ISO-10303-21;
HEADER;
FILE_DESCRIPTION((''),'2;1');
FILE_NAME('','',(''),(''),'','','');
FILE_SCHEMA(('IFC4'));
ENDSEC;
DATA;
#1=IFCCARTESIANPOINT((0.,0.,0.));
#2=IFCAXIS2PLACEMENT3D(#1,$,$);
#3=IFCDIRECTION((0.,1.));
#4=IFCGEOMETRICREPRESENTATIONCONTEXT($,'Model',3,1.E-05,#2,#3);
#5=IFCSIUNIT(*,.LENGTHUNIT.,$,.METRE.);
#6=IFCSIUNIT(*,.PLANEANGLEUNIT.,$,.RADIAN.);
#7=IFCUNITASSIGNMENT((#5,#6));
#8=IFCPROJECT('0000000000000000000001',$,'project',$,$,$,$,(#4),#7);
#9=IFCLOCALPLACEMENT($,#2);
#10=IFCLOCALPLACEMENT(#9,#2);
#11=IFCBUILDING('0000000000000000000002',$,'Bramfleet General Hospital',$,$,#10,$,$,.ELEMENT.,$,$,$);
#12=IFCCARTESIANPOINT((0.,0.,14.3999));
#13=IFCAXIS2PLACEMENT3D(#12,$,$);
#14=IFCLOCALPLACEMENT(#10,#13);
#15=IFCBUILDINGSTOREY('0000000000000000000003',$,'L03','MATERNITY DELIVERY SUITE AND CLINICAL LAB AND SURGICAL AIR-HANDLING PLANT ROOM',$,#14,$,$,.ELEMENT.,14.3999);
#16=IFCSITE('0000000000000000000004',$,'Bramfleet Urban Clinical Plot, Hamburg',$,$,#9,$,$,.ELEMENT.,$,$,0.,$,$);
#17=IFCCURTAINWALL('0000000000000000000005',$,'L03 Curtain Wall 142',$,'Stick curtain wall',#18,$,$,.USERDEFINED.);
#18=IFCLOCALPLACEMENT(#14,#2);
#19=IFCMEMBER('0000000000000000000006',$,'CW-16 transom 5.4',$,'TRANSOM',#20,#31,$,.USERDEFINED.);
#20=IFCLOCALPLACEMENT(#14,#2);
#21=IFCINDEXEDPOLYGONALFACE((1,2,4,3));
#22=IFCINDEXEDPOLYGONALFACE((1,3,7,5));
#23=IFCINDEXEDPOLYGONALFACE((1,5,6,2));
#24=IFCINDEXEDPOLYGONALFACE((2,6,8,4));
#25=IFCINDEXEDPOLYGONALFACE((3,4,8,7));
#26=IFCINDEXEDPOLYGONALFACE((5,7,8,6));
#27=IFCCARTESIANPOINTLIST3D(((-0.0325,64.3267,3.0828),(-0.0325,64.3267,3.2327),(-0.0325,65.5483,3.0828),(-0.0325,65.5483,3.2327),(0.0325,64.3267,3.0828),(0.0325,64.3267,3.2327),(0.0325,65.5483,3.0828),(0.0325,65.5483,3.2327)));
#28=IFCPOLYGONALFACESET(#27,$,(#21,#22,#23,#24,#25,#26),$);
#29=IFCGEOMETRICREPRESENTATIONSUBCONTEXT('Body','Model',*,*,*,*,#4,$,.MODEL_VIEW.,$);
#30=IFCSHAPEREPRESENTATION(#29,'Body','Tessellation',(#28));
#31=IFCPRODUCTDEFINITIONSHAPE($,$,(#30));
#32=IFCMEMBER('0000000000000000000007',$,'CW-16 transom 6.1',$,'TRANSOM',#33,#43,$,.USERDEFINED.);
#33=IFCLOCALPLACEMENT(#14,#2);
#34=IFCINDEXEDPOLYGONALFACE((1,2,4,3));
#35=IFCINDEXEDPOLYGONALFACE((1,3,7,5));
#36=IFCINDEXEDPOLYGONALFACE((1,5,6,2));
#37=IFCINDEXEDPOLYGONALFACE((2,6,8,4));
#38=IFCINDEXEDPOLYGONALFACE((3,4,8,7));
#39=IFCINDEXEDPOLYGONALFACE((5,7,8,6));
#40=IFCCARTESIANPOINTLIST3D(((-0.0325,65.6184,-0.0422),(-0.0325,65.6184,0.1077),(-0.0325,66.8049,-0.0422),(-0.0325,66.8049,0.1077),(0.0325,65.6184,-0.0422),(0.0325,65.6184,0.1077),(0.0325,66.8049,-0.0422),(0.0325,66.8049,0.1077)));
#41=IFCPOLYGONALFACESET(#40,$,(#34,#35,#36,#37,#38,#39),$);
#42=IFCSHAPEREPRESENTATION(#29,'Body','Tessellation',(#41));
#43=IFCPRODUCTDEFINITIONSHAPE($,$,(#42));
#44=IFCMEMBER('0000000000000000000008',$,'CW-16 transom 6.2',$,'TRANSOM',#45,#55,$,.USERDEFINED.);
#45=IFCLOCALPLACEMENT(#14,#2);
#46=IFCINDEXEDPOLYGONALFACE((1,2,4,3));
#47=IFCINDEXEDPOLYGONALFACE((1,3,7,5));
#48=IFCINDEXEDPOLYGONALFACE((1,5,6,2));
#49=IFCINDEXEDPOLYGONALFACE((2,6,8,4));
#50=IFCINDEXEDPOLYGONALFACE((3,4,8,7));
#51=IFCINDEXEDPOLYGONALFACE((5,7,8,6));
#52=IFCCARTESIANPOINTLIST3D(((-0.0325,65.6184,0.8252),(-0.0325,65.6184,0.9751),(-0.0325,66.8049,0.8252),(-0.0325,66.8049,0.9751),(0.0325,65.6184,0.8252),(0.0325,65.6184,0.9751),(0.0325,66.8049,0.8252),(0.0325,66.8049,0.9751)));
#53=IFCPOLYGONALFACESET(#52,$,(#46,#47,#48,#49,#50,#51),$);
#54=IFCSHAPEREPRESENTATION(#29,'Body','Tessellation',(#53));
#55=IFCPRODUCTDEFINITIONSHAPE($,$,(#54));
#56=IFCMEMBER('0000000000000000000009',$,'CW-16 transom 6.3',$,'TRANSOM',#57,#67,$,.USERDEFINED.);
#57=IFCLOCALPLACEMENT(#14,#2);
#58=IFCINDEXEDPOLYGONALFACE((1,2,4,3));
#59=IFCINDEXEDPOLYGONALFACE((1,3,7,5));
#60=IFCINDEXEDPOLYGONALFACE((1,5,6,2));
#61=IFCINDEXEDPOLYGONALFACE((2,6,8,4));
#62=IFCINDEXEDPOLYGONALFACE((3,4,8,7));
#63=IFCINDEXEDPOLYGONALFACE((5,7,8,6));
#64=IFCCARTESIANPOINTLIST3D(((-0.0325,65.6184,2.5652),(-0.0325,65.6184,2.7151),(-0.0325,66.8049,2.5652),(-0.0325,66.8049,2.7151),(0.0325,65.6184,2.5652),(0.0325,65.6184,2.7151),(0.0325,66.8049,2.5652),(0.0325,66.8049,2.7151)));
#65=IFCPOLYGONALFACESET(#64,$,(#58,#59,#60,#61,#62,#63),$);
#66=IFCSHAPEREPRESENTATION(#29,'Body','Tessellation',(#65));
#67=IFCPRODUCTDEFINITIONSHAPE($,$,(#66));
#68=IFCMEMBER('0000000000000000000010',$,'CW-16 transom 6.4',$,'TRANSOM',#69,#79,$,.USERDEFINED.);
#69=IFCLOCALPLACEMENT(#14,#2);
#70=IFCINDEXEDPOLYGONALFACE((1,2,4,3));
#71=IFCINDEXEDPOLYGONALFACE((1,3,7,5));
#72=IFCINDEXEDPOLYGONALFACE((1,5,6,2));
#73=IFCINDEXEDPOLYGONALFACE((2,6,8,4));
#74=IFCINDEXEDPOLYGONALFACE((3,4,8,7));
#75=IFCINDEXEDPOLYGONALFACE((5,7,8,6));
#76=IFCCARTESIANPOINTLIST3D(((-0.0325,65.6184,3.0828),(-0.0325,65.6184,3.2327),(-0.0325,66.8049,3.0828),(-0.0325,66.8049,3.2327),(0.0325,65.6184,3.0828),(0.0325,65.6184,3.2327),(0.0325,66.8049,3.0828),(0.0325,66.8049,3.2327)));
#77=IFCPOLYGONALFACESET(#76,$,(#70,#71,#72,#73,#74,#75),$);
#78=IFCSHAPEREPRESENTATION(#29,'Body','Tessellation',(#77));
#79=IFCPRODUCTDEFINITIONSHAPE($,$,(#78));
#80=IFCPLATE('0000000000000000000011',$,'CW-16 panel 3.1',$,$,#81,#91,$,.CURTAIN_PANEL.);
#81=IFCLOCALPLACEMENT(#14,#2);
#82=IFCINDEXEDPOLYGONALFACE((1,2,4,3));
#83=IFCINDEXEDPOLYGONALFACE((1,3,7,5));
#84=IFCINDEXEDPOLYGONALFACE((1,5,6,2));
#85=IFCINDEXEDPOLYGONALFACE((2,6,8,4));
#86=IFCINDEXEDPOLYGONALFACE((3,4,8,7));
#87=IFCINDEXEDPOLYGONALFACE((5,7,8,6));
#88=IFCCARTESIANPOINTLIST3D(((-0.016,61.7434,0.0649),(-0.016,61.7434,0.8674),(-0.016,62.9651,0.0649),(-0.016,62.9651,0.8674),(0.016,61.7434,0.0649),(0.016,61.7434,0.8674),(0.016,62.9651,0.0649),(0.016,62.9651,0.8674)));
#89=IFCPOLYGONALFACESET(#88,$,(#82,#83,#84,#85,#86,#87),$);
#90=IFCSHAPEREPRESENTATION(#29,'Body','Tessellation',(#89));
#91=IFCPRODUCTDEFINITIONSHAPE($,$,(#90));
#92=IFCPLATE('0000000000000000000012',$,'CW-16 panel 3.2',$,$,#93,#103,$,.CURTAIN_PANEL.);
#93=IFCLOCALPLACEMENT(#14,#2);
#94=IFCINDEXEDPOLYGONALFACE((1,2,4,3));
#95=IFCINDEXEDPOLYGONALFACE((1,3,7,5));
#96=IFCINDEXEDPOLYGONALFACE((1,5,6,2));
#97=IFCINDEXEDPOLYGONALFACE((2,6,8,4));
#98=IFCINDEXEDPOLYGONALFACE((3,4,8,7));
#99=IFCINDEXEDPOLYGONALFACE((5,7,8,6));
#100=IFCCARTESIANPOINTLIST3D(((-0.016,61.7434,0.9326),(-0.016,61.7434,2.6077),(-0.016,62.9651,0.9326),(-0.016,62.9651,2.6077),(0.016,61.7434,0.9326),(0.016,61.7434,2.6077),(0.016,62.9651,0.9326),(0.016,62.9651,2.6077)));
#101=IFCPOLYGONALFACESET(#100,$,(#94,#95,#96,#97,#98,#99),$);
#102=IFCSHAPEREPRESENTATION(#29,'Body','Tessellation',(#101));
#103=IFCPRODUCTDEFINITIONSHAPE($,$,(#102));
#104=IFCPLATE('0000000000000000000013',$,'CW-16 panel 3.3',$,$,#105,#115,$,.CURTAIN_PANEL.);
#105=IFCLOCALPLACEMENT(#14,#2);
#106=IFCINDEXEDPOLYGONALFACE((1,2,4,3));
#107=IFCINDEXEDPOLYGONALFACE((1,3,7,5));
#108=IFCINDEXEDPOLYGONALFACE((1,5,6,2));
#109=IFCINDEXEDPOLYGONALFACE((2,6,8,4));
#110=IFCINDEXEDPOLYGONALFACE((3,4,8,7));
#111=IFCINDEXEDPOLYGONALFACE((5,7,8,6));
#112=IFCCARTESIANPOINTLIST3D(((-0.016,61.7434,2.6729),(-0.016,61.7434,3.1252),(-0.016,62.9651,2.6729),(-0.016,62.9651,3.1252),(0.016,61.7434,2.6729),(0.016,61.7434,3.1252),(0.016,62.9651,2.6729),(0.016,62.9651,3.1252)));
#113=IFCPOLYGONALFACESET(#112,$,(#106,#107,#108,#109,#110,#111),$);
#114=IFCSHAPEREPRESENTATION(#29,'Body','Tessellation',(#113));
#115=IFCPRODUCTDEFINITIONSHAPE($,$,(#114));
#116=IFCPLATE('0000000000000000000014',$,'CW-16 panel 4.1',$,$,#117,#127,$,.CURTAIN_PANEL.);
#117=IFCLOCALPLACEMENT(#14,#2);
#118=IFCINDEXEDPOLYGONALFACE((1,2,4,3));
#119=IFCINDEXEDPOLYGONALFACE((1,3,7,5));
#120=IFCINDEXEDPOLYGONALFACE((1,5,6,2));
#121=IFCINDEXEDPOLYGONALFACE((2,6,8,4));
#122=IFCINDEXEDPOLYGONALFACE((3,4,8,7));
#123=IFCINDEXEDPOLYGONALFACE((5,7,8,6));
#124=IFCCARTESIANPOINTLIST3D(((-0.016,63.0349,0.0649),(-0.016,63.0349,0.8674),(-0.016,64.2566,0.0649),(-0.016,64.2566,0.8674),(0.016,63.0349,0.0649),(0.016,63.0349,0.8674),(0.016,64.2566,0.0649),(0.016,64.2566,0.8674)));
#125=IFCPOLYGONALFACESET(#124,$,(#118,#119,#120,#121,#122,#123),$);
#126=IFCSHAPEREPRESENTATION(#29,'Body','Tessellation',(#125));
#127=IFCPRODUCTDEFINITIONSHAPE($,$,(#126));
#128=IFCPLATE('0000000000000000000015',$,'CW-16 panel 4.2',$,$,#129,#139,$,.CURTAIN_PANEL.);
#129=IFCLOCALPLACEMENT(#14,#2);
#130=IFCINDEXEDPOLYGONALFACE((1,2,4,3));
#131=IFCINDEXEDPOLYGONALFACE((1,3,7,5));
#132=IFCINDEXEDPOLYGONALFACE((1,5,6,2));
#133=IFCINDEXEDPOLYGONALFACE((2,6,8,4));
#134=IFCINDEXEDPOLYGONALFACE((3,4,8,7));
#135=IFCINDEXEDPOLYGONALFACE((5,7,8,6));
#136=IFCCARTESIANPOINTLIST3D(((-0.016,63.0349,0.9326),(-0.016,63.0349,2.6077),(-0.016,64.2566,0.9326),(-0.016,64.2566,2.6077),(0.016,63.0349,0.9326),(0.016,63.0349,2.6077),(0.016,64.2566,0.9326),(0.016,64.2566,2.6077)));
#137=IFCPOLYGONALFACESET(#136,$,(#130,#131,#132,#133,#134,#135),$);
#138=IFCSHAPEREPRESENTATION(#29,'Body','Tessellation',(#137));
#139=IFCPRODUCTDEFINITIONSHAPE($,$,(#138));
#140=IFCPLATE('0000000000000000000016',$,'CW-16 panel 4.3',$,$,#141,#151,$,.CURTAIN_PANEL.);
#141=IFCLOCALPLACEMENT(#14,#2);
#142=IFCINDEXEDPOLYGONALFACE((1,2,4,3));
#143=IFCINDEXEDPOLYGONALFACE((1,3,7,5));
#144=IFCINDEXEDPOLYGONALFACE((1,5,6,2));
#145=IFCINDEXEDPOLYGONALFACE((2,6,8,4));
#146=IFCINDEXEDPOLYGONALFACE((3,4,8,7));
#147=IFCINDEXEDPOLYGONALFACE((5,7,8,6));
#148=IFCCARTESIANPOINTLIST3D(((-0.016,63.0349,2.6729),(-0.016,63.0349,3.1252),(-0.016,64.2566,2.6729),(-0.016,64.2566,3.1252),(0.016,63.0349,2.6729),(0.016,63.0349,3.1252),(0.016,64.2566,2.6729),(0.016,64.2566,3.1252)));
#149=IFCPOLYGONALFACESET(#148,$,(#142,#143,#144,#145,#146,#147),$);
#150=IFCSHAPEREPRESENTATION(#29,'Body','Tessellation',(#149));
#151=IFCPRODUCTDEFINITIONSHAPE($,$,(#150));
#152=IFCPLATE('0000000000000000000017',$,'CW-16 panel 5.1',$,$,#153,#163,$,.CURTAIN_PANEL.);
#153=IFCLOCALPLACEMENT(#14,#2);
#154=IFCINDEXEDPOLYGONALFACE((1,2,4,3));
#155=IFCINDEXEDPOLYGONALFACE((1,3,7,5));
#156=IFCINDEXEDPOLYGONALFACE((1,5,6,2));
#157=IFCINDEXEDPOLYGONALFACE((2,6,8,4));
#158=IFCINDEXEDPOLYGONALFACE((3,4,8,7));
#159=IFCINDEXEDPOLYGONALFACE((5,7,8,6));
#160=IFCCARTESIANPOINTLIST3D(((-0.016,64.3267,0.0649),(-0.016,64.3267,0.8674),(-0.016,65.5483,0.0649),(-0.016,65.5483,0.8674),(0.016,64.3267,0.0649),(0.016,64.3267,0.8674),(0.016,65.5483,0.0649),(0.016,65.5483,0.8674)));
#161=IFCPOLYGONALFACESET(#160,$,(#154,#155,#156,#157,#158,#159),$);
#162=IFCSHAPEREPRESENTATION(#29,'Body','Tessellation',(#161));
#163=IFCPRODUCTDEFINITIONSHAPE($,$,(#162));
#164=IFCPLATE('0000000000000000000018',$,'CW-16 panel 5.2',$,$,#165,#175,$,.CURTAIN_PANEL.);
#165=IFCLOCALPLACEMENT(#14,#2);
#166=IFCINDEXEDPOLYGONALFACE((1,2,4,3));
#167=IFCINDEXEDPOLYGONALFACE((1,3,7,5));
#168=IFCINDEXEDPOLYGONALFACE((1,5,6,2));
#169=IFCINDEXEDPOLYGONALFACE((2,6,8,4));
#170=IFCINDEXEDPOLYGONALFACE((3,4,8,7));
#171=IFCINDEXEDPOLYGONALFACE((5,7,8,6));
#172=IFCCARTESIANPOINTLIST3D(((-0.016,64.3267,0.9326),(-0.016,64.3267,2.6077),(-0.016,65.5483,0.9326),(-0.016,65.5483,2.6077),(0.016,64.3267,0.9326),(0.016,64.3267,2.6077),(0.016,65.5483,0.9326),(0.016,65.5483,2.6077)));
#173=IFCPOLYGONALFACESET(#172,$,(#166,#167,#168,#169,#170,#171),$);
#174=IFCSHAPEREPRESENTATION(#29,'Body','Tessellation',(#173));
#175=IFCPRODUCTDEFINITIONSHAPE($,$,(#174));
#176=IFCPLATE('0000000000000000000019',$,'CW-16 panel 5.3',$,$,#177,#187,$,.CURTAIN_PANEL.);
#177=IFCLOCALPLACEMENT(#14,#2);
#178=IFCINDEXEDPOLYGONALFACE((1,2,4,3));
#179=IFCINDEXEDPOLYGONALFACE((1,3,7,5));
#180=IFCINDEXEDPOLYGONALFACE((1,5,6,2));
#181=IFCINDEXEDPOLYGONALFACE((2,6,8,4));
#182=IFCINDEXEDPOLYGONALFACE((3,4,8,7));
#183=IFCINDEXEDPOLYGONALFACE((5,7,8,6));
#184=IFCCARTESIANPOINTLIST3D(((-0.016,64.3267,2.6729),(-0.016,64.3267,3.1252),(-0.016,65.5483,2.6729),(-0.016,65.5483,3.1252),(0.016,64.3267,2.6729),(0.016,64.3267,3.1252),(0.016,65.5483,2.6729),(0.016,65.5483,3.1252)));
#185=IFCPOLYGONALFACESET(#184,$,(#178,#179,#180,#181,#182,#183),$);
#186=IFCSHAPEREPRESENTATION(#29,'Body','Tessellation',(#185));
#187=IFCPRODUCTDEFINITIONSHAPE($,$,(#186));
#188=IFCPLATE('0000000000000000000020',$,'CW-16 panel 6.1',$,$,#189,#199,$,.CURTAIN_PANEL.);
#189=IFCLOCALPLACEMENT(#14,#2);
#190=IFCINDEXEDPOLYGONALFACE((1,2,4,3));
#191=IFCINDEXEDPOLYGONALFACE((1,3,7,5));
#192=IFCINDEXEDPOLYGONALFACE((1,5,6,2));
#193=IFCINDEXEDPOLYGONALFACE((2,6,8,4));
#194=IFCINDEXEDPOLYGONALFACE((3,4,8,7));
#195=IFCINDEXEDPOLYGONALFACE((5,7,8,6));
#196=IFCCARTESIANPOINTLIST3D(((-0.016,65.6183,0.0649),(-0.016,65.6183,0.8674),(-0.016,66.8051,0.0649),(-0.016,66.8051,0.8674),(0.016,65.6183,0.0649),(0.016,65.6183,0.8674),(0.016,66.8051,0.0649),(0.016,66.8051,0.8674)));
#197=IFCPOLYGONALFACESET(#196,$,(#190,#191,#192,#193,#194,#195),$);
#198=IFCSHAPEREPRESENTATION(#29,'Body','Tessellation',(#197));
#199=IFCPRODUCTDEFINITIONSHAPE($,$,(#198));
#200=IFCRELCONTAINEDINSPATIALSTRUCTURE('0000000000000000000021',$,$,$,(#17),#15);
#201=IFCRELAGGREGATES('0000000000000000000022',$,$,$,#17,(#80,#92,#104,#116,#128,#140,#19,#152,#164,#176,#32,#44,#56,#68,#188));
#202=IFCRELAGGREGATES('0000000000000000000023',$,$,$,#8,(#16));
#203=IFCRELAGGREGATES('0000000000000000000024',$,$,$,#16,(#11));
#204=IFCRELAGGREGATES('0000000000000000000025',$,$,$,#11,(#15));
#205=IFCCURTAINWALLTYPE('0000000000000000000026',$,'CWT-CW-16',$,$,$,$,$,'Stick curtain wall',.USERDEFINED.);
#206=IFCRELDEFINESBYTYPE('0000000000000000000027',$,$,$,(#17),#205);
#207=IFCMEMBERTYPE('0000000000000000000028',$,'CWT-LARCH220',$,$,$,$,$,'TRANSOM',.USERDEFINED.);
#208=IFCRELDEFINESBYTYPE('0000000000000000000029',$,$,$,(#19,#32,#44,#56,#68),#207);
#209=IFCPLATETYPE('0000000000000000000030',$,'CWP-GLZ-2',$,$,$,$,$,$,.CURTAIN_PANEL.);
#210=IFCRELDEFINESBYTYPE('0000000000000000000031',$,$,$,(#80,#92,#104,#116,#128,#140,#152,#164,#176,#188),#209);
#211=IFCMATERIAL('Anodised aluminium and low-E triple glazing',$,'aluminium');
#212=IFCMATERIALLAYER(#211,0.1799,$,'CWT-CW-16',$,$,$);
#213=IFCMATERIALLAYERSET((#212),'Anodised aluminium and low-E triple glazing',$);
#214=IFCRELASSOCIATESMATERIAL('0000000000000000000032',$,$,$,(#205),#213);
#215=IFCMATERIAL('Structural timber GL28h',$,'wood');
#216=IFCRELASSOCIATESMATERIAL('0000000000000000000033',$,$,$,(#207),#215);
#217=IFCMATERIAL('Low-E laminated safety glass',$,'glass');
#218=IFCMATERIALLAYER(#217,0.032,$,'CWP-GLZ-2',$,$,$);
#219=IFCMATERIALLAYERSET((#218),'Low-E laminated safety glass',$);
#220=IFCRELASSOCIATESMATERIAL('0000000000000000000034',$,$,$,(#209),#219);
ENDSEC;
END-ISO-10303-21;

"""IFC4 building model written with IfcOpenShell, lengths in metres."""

from ifc_helpers import new_model, si_unit, direction, frame, origin, origin_2d, place, context, subcontext, project, spatial, rectangle, extrude, material, layer, layer_set, material_profile, profile_set, type_object, element, aggregate, save


model = new_model("IFC4")

# Units and contexts
model_context = context("Model", 3, precision=1e-05, world=origin(), true_north=direction((0.0, 1.0)))
body_context = subcontext(model_context, "Body", "Model", "MODEL_VIEW")
ifc_project = project(units=[si_unit("LENGTHUNIT", "METRE"), si_unit("PLANEANGLEUNIT", "RADIAN")], contexts=[model_context])

# Site, building, storey
site_placement = place(None, origin())
site = spatial("IfcSite", under=ifc_project, at=site_placement, Name="Bramfleet Urban Clinical Plot, Hamburg", CompositionType="ELEMENT", RefElevation=0.0)
building_placement = place(site_placement, origin())
building = spatial("IfcBuilding", under=site, at=building_placement, Name="Bramfleet General Hospital", CompositionType="ELEMENT")
storey_placement = place(building_placement, frame((0.0, 0.0, 14.3999)))
storey = spatial("IfcBuildingStorey", under=building, at=storey_placement, Name="L03", Description="MATERNITY DELIVERY SUITE AND CLINICAL LAB AND SURGICAL AIR-HANDLING PLANT ROOM", CompositionType="ELEMENT", Elevation=14.3999)

# Curtain wall, members, plates
ifc_material_1 = material(Name="Anodised aluminium and low-E triple glazing", Category="aluminium")
ifc_layer_1 = layer(ifc_material_1, 0.1799, Name="CWT-CW-16")
ifc_layer_set_1 = layer_set([ifc_layer_1], Name="Anodised aluminium and low-E triple glazing")
curtain_wall_type = type_object("IfcCurtainWallType", Name="CWT-CW-16", ElementType="Stick curtain wall", PredefinedType="USERDEFINED", material=ifc_layer_set_1)
curtain_wall_placement = place(storey_placement, origin())
curtain_wall = element("IfcCurtainWall", 1, at=curtain_wall_placement, inside=storey, type_object=curtain_wall_type, Name="L03 Curtain Wall 142", ObjectType="Stick curtain wall", PredefinedType="USERDEFINED")
ifc_material_2 = material(Name="Structural timber GL28h", Category="wood")
ifc_material_profile_1 = material_profile(ifc_material_2, rectangle(XDim=0.0649, YDim=0.1499, at=origin_2d()), Name="LARCH 150x65")
ifc_profile_set_1 = profile_set([ifc_material_profile_1], Name="Structural timber GL28h")
member_type_1 = type_object("IfcMemberType", Name="CWT-LARCH220", ElementType="TRANSOM", PredefinedType="USERDEFINED", material=ifc_profile_set_1)
member_1_placement = place(storey_placement, frame((0.0, 64.3267, 3.1577), z_axis=(0.0, 1.0, 0.0), x_axis=(-1.0, 0.0, 0.0)))
member_1 = element("IfcMember", 2, at=member_1_placement, type_object=member_type_1, Name="CW-16 transom 5.4", ObjectType="TRANSOM", PredefinedType="USERDEFINED", context=body_context, shape_type="SweptSolid", body=[
    extrude(rectangle(XDim=0.0649, YDim=0.1499, at=origin_2d()), origin(), (0.0, 0.0, 1.0), 1.2217),
])
member_2_placement = place(storey_placement, frame((0.0, 65.6184, 0.0327), z_axis=(0.0, 1.0, 0.0), x_axis=(-1.0, 0.0, 0.0)))
member_2 = element("IfcMember", 3, at=member_2_placement, type_object=member_type_1, Name="CW-16 transom 6.1", ObjectType="TRANSOM", PredefinedType="USERDEFINED", context=body_context, shape_type="SweptSolid", body=[
    extrude(rectangle(XDim=0.0649, YDim=0.1499, at=origin_2d()), origin(), (0.0, 0.0, 1.0), 1.1865),
])
member_3_placement = place(storey_placement, frame((0.0, 65.6184, 0.9001), z_axis=(0.0, 1.0, 0.0), x_axis=(-1.0, 0.0, 0.0)))
member_3 = element("IfcMember", 4, at=member_3_placement, type_object=member_type_1, Name="CW-16 transom 6.2", ObjectType="TRANSOM", PredefinedType="USERDEFINED", context=body_context, shape_type="SweptSolid", body=[
    extrude(rectangle(XDim=0.0649, YDim=0.1499, at=origin_2d()), origin(), (0.0, 0.0, 1.0), 1.1865),
])
member_4_placement = place(storey_placement, frame((0.0, 65.6184, 2.6401), z_axis=(0.0, 1.0, 0.0), x_axis=(-1.0, 0.0, 0.0)))
member_4 = element("IfcMember", 5, at=member_4_placement, type_object=member_type_1, Name="CW-16 transom 6.3", ObjectType="TRANSOM", PredefinedType="USERDEFINED", context=body_context, shape_type="SweptSolid", body=[
    extrude(rectangle(XDim=0.0649, YDim=0.1499, at=origin_2d()), origin(), (0.0, 0.0, 1.0), 1.1865),
])
member_5_placement = place(storey_placement, frame((0.0, 65.6184, 3.1577), z_axis=(0.0, 1.0, 0.0), x_axis=(-1.0, 0.0, 0.0)))
member_5 = element("IfcMember", 6, at=member_5_placement, type_object=member_type_1, Name="CW-16 transom 6.4", ObjectType="TRANSOM", PredefinedType="USERDEFINED", context=body_context, shape_type="SweptSolid", body=[
    extrude(rectangle(XDim=0.0649, YDim=0.1499, at=origin_2d()), origin(), (0.0, 0.0, 1.0), 1.1865),
])
ifc_material_3 = material(Name="Low-E laminated safety glass", Category="glass")
ifc_layer_2 = layer(ifc_material_3, 0.032, Name="CWP-GLZ-2")
ifc_layer_set_2 = layer_set([ifc_layer_2], Name="Low-E laminated safety glass")
plate_type = type_object("IfcPlateType", Name="CWP-GLZ-2", PredefinedType="CURTAIN_PANEL", material=ifc_layer_set_2)
plate_1_placement = place(storey_placement, frame((0.0, 62.3542, 0.0649), z_axis=(0.0, 0.0, 1.0), x_axis=(0.0, 1.0, 0.0)))
plate_1 = element("IfcPlate", 7, at=plate_1_placement, type_object=plate_type, Name="CW-16 panel 3.1", PredefinedType="CURTAIN_PANEL", context=body_context, shape_type="SweptSolid", body=[
    extrude(rectangle(XDim=1.2217, YDim=0.032, at=origin_2d()), origin(), (0.0, 0.0, 1.0), 0.8025),
])
plate_2_placement = place(storey_placement, frame((0.0, 62.3542, 0.9326), z_axis=(0.0, 0.0, 1.0), x_axis=(0.0, 1.0, 0.0)))
plate_2 = element("IfcPlate", 8, at=plate_2_placement, type_object=plate_type, Name="CW-16 panel 3.2", PredefinedType="CURTAIN_PANEL", context=body_context, shape_type="SweptSolid", body=[
    extrude(rectangle(XDim=1.2217, YDim=0.032, at=origin_2d()), origin(), (0.0, 0.0, 1.0), 1.675),
])
plate_3_placement = place(storey_placement, frame((0.0, 62.3542, 2.6729), z_axis=(0.0, 0.0, 1.0), x_axis=(0.0, 1.0, 0.0)))
plate_3 = element("IfcPlate", 9, at=plate_3_placement, type_object=plate_type, Name="CW-16 panel 3.3", PredefinedType="CURTAIN_PANEL", context=body_context, shape_type="SweptSolid", body=[
    extrude(rectangle(XDim=1.2217, YDim=0.032, at=origin_2d()), origin(), (0.0, 0.0, 1.0), 0.4524),
])
plate_4_placement = place(storey_placement, frame((0.0, 63.6458, 0.0649), z_axis=(0.0, 0.0, 1.0), x_axis=(0.0, 1.0, 0.0)))
plate_4 = element("IfcPlate", 10, at=plate_4_placement, type_object=plate_type, Name="CW-16 panel 4.1", PredefinedType="CURTAIN_PANEL", context=body_context, shape_type="SweptSolid", body=[
    extrude(rectangle(XDim=1.2217, YDim=0.032, at=origin_2d()), origin(), (0.0, 0.0, 1.0), 0.8025),
])
plate_5_placement = place(storey_placement, frame((0.0, 63.6458, 0.9326), z_axis=(0.0, 0.0, 1.0), x_axis=(0.0, 1.0, 0.0)))
plate_5 = element("IfcPlate", 11, at=plate_5_placement, type_object=plate_type, Name="CW-16 panel 4.2", PredefinedType="CURTAIN_PANEL", context=body_context, shape_type="SweptSolid", body=[
    extrude(rectangle(XDim=1.2217, YDim=0.032, at=origin_2d()), origin(), (0.0, 0.0, 1.0), 1.675),
])
plate_6_placement = place(storey_placement, frame((0.0, 63.6458, 2.6729), z_axis=(0.0, 0.0, 1.0), x_axis=(0.0, 1.0, 0.0)))
plate_6 = element("IfcPlate", 12, at=plate_6_placement, type_object=plate_type, Name="CW-16 panel 4.3", PredefinedType="CURTAIN_PANEL", context=body_context, shape_type="SweptSolid", body=[
    extrude(rectangle(XDim=1.2217, YDim=0.032, at=origin_2d()), origin(), (0.0, 0.0, 1.0), 0.4524),
])
plate_7_placement = place(storey_placement, frame((0.0, 64.9375, 0.0649), z_axis=(0.0, 0.0, 1.0), x_axis=(0.0, 1.0, 0.0)))
plate_7 = element("IfcPlate", 13, at=plate_7_placement, type_object=plate_type, Name="CW-16 panel 5.1", PredefinedType="CURTAIN_PANEL", context=body_context, shape_type="SweptSolid", body=[
    extrude(rectangle(XDim=1.2217, YDim=0.032, at=origin_2d()), origin(), (0.0, 0.0, 1.0), 0.8025),
])
plate_8_placement = place(storey_placement, frame((0.0, 64.9375, 0.9326), z_axis=(0.0, 0.0, 1.0), x_axis=(0.0, 1.0, 0.0)))
plate_8 = element("IfcPlate", 14, at=plate_8_placement, type_object=plate_type, Name="CW-16 panel 5.2", PredefinedType="CURTAIN_PANEL", context=body_context, shape_type="SweptSolid", body=[
    extrude(rectangle(XDim=1.2217, YDim=0.032, at=origin_2d()), origin(), (0.0, 0.0, 1.0), 1.675),
])
plate_9_placement = place(storey_placement, frame((0.0, 64.9375, 2.6729), z_axis=(0.0, 0.0, 1.0), x_axis=(0.0, 1.0, 0.0)))
plate_9 = element("IfcPlate", 15, at=plate_9_placement, type_object=plate_type, Name="CW-16 panel 5.3", PredefinedType="CURTAIN_PANEL", context=body_context, shape_type="SweptSolid", body=[
    extrude(rectangle(XDim=1.2217, YDim=0.032, at=origin_2d()), origin(), (0.0, 0.0, 1.0), 0.4524),
])
plate_10_placement = place(storey_placement, frame((0.0, 66.2117, 0.0649), z_axis=(0.0, 0.0, 1.0), x_axis=(0.0, 1.0, 0.0)))
plate_10 = element("IfcPlate", 16, at=plate_10_placement, type_object=plate_type, Name="CW-16 panel 6.1", PredefinedType="CURTAIN_PANEL", context=body_context, shape_type="SweptSolid", body=[
    extrude(rectangle(XDim=1.1868, YDim=0.032, at=origin_2d()), origin(), (0.0, 0.0, 1.0), 0.8025),
])
aggregate(curtain_wall, [plate_1, plate_2, plate_3, plate_4, plate_5, plate_6, member_1, plate_7, plate_8, plate_9, member_2, member_3, member_4, member_5, plate_10])

save(model, "model.ifc")
